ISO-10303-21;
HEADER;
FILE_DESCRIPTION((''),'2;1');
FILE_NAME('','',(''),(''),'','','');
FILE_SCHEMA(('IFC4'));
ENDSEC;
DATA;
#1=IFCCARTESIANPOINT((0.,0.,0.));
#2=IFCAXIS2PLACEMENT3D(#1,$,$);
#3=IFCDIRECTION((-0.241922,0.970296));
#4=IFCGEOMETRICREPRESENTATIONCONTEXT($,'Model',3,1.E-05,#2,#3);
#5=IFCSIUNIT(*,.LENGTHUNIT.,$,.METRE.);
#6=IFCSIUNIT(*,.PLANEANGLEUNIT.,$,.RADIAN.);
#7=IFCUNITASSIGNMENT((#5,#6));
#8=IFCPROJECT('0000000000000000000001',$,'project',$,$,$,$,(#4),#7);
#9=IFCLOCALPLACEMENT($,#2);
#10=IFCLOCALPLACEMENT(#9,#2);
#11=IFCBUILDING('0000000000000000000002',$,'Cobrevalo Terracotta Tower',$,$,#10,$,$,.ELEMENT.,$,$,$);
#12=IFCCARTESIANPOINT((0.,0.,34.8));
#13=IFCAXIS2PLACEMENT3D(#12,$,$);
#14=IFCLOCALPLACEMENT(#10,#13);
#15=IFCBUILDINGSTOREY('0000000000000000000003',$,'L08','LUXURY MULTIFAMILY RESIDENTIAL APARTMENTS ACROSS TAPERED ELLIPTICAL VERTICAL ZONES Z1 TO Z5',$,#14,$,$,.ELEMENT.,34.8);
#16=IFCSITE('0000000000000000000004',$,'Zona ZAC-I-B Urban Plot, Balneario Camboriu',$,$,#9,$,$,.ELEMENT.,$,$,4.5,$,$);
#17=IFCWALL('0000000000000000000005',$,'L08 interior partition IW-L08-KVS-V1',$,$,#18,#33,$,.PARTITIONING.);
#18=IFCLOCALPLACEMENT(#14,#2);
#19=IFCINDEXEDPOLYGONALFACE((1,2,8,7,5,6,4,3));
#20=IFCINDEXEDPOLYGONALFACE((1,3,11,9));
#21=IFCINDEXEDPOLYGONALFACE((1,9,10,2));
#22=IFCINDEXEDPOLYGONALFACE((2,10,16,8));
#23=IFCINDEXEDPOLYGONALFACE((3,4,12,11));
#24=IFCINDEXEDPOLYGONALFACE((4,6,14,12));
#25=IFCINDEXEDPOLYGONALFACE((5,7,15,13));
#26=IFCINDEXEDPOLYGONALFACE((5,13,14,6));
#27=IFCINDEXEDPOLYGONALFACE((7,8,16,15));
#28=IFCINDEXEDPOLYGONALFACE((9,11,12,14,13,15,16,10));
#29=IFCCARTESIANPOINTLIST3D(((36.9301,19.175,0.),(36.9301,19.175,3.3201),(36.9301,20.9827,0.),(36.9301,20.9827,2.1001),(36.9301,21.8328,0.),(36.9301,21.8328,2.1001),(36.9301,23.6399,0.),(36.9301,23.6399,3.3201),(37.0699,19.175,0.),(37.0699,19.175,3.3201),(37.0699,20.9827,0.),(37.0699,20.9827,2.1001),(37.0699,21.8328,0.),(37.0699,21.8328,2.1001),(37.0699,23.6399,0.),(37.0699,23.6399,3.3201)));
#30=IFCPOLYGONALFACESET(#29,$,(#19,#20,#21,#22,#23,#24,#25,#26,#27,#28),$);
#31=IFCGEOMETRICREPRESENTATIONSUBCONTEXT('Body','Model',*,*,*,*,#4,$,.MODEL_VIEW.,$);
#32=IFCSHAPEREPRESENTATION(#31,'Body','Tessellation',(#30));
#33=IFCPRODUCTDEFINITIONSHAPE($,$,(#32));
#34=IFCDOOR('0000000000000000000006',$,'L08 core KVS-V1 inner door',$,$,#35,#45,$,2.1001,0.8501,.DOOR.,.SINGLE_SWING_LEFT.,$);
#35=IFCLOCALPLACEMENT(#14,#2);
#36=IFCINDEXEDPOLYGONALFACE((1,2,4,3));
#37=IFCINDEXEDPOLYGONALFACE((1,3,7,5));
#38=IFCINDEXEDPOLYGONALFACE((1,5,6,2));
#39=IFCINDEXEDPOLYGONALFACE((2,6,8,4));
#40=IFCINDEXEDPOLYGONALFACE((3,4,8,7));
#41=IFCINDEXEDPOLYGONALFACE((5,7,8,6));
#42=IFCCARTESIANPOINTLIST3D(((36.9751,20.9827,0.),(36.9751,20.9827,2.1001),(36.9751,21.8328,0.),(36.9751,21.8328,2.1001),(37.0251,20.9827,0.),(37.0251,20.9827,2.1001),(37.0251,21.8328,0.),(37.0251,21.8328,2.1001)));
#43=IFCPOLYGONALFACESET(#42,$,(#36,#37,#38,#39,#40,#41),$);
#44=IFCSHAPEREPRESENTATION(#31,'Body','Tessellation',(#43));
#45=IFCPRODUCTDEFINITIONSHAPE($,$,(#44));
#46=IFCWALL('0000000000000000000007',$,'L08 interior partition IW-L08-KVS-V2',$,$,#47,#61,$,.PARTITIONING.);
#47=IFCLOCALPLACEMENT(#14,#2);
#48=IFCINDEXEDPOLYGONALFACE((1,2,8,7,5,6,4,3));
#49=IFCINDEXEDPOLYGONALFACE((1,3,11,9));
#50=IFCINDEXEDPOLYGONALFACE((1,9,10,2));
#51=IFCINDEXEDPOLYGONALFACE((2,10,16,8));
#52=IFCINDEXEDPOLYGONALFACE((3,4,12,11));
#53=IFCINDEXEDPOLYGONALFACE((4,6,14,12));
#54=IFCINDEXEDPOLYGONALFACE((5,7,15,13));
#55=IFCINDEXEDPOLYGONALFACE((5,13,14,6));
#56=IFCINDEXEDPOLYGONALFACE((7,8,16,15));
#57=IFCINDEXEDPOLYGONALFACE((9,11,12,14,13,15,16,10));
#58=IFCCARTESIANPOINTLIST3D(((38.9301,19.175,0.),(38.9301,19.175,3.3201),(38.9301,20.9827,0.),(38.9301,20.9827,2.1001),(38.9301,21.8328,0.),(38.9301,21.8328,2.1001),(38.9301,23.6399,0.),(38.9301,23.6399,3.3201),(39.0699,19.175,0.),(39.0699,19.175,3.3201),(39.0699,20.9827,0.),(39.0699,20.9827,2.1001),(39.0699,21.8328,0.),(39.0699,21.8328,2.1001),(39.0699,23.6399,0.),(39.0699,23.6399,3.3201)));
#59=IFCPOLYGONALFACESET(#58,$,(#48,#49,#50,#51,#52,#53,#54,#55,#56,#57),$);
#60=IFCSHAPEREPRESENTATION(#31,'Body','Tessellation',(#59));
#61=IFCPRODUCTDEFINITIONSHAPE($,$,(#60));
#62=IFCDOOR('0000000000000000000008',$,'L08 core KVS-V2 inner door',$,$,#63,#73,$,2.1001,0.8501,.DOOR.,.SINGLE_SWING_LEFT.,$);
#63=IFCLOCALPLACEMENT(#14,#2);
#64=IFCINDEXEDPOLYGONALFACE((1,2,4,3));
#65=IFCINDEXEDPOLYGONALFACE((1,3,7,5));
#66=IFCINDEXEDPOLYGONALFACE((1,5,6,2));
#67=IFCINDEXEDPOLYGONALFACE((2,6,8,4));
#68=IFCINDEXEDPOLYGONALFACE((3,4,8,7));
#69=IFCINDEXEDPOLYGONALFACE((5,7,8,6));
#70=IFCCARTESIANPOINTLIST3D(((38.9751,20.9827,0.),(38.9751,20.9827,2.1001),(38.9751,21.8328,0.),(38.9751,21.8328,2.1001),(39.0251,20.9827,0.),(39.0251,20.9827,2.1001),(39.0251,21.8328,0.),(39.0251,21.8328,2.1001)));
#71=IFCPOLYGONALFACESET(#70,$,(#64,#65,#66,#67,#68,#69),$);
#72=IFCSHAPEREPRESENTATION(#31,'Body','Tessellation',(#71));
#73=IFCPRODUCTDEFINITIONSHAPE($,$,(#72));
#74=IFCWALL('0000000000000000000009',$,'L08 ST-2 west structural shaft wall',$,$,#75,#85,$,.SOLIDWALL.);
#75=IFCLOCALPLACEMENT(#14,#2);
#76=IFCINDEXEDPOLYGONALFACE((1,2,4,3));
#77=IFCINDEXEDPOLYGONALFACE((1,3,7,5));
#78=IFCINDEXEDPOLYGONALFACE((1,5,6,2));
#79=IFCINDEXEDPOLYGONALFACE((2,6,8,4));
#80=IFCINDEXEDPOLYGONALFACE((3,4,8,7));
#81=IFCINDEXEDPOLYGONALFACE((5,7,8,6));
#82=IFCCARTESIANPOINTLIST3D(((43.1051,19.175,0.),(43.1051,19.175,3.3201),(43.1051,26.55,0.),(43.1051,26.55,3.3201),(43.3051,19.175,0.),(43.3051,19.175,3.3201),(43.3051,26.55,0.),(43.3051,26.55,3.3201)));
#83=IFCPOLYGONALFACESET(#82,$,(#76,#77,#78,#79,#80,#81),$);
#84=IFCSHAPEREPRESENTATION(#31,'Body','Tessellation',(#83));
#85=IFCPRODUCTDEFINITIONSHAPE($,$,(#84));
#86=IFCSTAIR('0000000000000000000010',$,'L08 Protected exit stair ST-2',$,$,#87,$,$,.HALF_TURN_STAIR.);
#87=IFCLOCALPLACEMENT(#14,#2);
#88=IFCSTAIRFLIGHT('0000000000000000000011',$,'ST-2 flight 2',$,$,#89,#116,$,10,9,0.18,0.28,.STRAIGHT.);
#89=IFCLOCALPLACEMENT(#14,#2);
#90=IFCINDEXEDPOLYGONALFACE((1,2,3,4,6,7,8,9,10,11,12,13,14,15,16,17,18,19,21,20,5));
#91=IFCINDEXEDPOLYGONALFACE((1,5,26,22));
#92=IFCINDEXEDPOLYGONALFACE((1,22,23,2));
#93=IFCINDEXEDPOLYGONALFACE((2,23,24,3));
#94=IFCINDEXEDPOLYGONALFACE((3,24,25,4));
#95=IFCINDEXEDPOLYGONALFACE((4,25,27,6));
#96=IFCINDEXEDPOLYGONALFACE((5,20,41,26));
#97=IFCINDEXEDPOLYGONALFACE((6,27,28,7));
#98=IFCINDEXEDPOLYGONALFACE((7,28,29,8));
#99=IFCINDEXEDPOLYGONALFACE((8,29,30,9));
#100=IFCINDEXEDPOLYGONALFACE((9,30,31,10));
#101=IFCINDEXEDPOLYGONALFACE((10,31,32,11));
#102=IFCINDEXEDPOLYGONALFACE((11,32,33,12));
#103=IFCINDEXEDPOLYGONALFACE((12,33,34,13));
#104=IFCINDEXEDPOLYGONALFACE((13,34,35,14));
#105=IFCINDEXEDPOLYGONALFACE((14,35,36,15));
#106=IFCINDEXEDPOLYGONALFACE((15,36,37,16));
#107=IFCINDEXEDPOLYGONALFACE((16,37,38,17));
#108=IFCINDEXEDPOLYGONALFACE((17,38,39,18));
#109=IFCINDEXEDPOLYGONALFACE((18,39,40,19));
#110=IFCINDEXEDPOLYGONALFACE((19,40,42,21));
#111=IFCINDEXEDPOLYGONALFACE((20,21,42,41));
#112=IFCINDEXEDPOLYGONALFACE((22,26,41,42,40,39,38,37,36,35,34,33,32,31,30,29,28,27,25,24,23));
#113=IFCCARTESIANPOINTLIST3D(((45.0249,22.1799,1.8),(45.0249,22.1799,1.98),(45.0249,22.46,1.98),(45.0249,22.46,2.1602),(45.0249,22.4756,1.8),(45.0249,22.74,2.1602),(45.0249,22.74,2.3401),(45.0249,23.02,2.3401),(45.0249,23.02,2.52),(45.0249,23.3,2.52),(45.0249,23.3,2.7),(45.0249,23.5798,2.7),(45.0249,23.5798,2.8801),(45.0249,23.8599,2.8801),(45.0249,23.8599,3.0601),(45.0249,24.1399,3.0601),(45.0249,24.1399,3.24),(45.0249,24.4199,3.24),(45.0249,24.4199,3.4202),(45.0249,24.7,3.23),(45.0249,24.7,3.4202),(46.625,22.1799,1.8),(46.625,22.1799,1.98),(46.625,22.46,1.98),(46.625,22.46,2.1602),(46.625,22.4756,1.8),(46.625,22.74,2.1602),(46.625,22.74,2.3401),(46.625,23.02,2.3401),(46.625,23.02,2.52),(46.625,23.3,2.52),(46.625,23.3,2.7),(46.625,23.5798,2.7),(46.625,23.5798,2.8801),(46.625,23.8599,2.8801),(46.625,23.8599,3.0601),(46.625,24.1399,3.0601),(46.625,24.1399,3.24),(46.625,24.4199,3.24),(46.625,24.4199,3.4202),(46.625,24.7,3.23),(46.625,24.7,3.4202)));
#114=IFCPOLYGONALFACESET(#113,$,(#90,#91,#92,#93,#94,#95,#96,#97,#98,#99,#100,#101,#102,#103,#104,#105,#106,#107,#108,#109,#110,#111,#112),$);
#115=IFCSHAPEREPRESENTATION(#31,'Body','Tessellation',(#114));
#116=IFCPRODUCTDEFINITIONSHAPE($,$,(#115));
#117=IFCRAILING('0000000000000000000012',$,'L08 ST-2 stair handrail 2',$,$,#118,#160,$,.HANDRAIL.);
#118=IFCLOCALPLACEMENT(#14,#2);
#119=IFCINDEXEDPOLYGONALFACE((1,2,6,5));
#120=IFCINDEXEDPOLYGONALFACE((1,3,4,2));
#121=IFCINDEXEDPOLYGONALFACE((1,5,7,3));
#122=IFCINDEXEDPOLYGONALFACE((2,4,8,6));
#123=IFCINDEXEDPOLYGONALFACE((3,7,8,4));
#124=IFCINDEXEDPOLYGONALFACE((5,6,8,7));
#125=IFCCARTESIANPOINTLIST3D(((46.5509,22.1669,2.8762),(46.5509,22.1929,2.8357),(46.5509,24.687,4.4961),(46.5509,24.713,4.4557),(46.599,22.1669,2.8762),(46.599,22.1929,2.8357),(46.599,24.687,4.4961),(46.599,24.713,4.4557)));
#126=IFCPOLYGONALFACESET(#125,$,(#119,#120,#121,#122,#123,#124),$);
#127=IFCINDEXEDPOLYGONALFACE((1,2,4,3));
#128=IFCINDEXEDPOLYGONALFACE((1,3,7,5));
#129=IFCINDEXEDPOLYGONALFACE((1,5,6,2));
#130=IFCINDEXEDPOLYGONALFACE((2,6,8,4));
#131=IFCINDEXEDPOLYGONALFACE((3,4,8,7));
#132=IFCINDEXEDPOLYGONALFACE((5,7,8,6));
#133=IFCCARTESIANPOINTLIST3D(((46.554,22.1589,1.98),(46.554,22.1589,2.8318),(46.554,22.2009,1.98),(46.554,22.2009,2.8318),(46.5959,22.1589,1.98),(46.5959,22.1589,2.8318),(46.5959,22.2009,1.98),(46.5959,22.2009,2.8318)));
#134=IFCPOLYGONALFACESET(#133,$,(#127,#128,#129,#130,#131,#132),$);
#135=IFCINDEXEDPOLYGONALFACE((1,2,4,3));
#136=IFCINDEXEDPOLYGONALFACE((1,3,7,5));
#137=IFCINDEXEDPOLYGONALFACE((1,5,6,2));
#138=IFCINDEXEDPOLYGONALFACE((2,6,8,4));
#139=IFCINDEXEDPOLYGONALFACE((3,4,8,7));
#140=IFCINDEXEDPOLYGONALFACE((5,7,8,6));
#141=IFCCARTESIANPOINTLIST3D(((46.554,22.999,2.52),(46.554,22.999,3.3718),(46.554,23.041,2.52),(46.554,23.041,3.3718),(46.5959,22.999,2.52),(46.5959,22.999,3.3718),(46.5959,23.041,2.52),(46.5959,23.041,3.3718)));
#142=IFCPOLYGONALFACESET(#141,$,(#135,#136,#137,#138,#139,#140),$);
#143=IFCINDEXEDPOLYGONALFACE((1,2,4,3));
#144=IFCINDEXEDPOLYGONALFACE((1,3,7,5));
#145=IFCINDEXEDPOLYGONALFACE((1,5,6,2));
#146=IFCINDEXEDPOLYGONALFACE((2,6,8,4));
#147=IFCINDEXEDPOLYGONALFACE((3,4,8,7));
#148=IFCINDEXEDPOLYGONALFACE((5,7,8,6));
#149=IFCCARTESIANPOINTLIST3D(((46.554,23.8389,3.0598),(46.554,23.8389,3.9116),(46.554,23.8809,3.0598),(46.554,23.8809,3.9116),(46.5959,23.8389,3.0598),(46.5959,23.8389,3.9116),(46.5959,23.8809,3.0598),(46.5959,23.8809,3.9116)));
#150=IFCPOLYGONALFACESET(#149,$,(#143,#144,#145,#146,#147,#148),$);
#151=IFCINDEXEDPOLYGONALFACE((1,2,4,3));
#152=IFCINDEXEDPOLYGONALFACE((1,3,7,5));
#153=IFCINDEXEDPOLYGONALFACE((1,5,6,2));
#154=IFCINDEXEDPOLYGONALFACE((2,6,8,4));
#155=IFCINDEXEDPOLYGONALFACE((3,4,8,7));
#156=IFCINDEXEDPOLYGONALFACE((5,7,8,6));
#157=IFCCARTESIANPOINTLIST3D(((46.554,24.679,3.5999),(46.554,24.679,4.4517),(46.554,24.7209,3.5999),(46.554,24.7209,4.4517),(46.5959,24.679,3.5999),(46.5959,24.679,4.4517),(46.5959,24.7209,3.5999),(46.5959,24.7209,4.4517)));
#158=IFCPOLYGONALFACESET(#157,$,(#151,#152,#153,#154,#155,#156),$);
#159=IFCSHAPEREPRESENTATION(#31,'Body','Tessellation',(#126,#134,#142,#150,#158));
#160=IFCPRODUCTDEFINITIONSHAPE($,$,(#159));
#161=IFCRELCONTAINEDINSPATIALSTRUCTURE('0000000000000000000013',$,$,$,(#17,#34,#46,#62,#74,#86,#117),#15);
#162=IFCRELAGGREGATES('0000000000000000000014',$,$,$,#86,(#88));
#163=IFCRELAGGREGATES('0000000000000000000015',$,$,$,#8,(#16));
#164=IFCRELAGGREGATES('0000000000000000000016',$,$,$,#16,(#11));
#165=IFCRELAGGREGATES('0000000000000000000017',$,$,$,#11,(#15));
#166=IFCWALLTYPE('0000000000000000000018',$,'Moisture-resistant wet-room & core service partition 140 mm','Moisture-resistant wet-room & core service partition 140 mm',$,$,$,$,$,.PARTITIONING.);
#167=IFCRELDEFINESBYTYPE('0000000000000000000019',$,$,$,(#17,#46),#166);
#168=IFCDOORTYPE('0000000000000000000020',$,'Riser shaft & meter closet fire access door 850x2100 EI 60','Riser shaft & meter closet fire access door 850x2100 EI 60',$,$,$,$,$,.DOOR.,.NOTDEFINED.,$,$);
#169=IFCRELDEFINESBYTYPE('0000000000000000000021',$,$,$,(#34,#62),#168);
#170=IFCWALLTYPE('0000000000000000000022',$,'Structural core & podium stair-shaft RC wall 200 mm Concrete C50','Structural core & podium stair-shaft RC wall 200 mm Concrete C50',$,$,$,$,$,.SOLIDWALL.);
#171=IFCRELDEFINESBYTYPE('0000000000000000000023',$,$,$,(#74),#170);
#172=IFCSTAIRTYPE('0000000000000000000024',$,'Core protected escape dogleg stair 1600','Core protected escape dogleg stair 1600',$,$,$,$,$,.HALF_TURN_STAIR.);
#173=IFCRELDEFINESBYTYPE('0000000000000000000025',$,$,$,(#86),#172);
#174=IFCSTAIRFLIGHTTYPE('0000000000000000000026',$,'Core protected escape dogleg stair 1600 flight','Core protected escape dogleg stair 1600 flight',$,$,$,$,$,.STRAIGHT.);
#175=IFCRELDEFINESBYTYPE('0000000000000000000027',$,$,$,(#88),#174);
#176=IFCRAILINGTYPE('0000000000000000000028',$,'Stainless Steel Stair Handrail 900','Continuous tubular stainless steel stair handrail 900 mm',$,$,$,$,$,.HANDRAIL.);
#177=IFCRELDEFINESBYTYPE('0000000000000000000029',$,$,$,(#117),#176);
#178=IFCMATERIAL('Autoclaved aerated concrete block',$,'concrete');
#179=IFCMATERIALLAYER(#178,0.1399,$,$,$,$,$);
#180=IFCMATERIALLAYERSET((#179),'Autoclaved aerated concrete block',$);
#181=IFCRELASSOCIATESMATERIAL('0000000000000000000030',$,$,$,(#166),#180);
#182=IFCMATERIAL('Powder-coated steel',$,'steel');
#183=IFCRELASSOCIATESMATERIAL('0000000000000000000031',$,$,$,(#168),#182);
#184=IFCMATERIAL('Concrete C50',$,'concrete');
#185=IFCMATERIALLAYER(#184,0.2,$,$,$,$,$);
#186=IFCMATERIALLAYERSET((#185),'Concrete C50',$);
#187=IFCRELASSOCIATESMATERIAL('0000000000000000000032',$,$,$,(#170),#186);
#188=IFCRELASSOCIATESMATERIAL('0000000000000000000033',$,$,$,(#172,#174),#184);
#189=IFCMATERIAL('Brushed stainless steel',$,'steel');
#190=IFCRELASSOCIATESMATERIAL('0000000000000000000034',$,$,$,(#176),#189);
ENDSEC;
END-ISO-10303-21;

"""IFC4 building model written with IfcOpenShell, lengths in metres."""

from ifc_helpers import new_model, si_unit, direction, frame, frame_2d, origin, origin_2d, place, context, subcontext, project, spatial, polyline, rectangle, outline, extrude, source, transform, mapped, material, layer, layer_set, type_object, element, fill, aggregate, save


model = new_model("IFC4")

# Units and contexts
model_context = context("Model", 3, precision=1e-05, world=origin(), true_north=direction((-0.241922, 0.970296)))
body_context = subcontext(model_context, "Body", "Model", "MODEL_VIEW")
ifc_project = project(units=[si_unit("LENGTHUNIT", "METRE"), si_unit("PLANEANGLEUNIT", "RADIAN")], contexts=[model_context])

# Site, building, storey
site_placement = place(None, origin())
site = spatial("IfcSite", under=ifc_project, at=site_placement, Name="Zona ZAC-I-B Urban Plot, Balneario Camboriu", CompositionType="ELEMENT", RefElevation=4.5)
building_placement = place(site_placement, origin())
building = spatial("IfcBuilding", under=site, at=building_placement, Name="Cobrevalo Terracotta Tower", CompositionType="ELEMENT")
storey_placement = place(building_placement, frame((0.0, 0.0, 34.8)))
storey = spatial("IfcBuildingStorey", under=building, at=storey_placement, Name="L08", Description="LUXURY MULTIFAMILY RESIDENTIAL APARTMENTS ACROSS TAPERED ELLIPTICAL VERTICAL ZONES Z1 TO Z5", CompositionType="ELEMENT", Elevation=34.8)

# Shared definitions
ifc_material_1 = material(Name="Autoclaved aerated concrete block", Category="concrete")

# Shared definitions
ifc_layer_1 = layer(ifc_material_1, 0.1399)
ifc_layer_set_1 = layer_set([ifc_layer_1], Name="Autoclaved aerated concrete block")
wall_type_1 = type_object("IfcWallType", Name="Moisture-resistant wet-room & core service partition 140 mm", Description="Moisture-resistant wet-room & core service partition 140 mm", PredefinedType="PARTITIONING", material=ifc_layer_set_1)

# Walls, openings, doors
wall_1_placement = place(storey_placement, frame((37.0, 19.175, 0.0), z_axis=(0.0, 0.0, 1.0), x_axis=(0.0, 1.0, 0.0)))
wall_1 = element("IfcWall", 1, at=wall_1_placement, inside=storey, type_object=wall_type_1, Name="L08 interior partition IW-L08-KVS-V1", PredefinedType="PARTITIONING", context=body_context, shape_type="SweptSolid", body=[
    extrude(rectangle(XDim=4.4648, YDim=0.1399, at=frame_2d((2.2324, 0.0))), origin(), (0.0, 0.0, 1.0), 3.3201),
])
opening_1_placement = place(wall_1_placement, frame((1.8076, 0.0, 0.0)))
opening_1 = element("IfcOpeningElement", 2, at=opening_1_placement, cuts=wall_1, PredefinedType="OPENING", context=body_context, shape_type="SweptSolid", body=[
    extrude(rectangle(XDim=0.8501, YDim=2.1001, at=frame_2d((0.425, 1.05))), frame((0.0, 0.0801, 0.0), z_axis=(0.0, -1.0, 0.0), x_axis=(1.0, 0.0, 0.0)), (0.0, 0.0, 1.0), 0.1599),
])
ifc_material_2 = material(Name="Powder-coated steel", Category="steel")
door_type_1 = type_object("IfcDoorType", Name="Riser shaft & meter closet fire access door 850x2100 EI 60", Description="Riser shaft & meter closet fire access door 850x2100 EI 60", OperationType="NOTDEFINED", PredefinedType="DOOR", material=ifc_material_2)
shared_shape_1 = source(origin(), body_context, "Body", "SweptSolid", [
    extrude(rectangle(XDim=0.8501, YDim=2.1001, at=frame_2d((0.425, 1.05))), frame((0.0, 0.0249, 0.0), z_axis=(0.0, -1.0, 0.0), x_axis=(1.0, 0.0, 0.0)), (0.0, 0.0, 1.0), 0.05),
])
door_1_placement = place(opening_1_placement, origin())
door_1 = element("IfcDoor", 3, at=door_1_placement, inside=storey, type_object=door_type_1, Name="L08 core KVS-V1 inner door", OperationType="SINGLE_SWING_LEFT", OverallHeight=2.1001, OverallWidth=0.8501, PredefinedType="DOOR", context=body_context, shape_type="MappedRepresentation", body=[
    mapped(shared_shape_1, transform((0.0, 0.0, 0.0), scale=1.0)),
])
fill(opening_1, door_1)
wall_2_placement = place(storey_placement, frame((39.0, 19.175, 0.0), z_axis=(0.0, 0.0, 1.0), x_axis=(0.0, 1.0, 0.0)))
wall_2 = element("IfcWall", 4, at=wall_2_placement, inside=storey, type_object=wall_type_1, Name="L08 interior partition IW-L08-KVS-V2", PredefinedType="PARTITIONING", context=body_context, shape_type="SweptSolid", body=[
    extrude(rectangle(XDim=4.4648, YDim=0.1399, at=frame_2d((2.2324, 0.0))), origin(), (0.0, 0.0, 1.0), 3.3201),
])
opening_2_placement = place(wall_2_placement, frame((1.8076, 0.0, 0.0)))
opening_2 = element("IfcOpeningElement", 5, at=opening_2_placement, cuts=wall_2, PredefinedType="OPENING", context=body_context, shape_type="SweptSolid", body=[
    extrude(rectangle(XDim=0.8501, YDim=2.1001, at=frame_2d((0.425, 1.05))), frame((0.0, 0.0801, 0.0), z_axis=(0.0, -1.0, 0.0), x_axis=(1.0, 0.0, 0.0)), (0.0, 0.0, 1.0), 0.1599),
])
door_2_placement = place(opening_2_placement, origin())
door_2 = element("IfcDoor", 6, at=door_2_placement, inside=storey, type_object=door_type_1, Name="L08 core KVS-V2 inner door", OperationType="SINGLE_SWING_LEFT", OverallHeight=2.1001, OverallWidth=0.8501, PredefinedType="DOOR", context=body_context, shape_type="MappedRepresentation", body=[
    mapped(shared_shape_1, transform((0.0, 0.0, 0.0), scale=1.0)),
])
fill(opening_2, door_2)

# Wall
ifc_material_3 = material(Name="Concrete C50", Category="concrete")
ifc_layer_2 = layer(ifc_material_3, 0.2)
ifc_layer_set_2 = layer_set([ifc_layer_2], Name="Concrete C50")
wall_type_2 = type_object("IfcWallType", Name="Structural core & podium stair-shaft RC wall 200 mm Concrete C50", Description="Structural core & podium stair-shaft RC wall 200 mm Concrete C50", PredefinedType="SOLIDWALL", material=ifc_layer_set_2)
wall_3_placement = place(storey_placement, frame((43.2051, 19.175, 0.0), z_axis=(0.0, 0.0, 1.0), x_axis=(0.0, 1.0, 0.0)))
element("IfcWall", 7, at=wall_3_placement, inside=storey, type_object=wall_type_2, Name="L08 ST-2 west structural shaft wall", PredefinedType="SOLIDWALL", context=body_context, shape_type="SweptSolid", body=[
    extrude(rectangle(XDim=7.375, YDim=0.2, at=frame_2d((3.6875, 0.0))), origin(), (0.0, 0.0, 1.0), 3.3201),
])

# Stair, stair flight
stair_type = type_object("IfcStairType", Name="Core protected escape dogleg stair 1600", Description="Core protected escape dogleg stair 1600", PredefinedType="HALF_TURN_STAIR", material=ifc_material_3)
stair_placement = place(storey_placement, origin())
stair = element("IfcStair", 8, at=stair_placement, inside=storey, type_object=stair_type, Name="L08 Protected exit stair ST-2", PredefinedType="HALF_TURN_STAIR")
stair_flight_type = type_object("IfcStairFlightType", Name="Core protected escape dogleg stair 1600 flight", Description="Core protected escape dogleg stair 1600 flight", PredefinedType="STRAIGHT", material=ifc_material_3)
stair_flight_placement = place(storey_placement, frame((45.825, 22.1799, 1.8), z_axis=(0.0, 0.0, 1.0), x_axis=(0.0, 1.0, 0.0)))
stair_flight = element("IfcStairFlight", 9, at=stair_flight_placement, type_object=stair_flight_type, Name="ST-2 flight 2", NumberOfRisers=10, NumberOfTreads=9, PredefinedType="STRAIGHT", RiserHeight=0.18, TreadLength=0.28, context=body_context, shape_type="SweptSolid", body=[
    extrude(outline(polyline([(0.0, 0.0), (0.0, 0.1799), (0.28, 0.1799), (0.28, 0.3601), (0.5601, 0.3601), (0.5601, 0.54), (0.8401, 0.54), (0.8401, 0.72), (1.1201, 0.72), (1.1201, 0.8999), (1.3999, 0.8999), (1.3999, 1.0801), (1.6799, 1.0801), (1.6799, 1.26), (1.96, 1.26), (1.96, 1.4399), (2.24, 1.4399), (2.24, 1.6201), (2.52, 1.6201), (2.52, 1.8), (2.52, 1.4299), (0.2957, 0.0), (0.0, 0.0)])), frame((0.0, 0.8, 0.0), z_axis=(0.0, -1.0, 0.0), x_axis=(1.0, 0.0, 0.0)), (0.0, 0.0, 1.0), 1.6001),
])
aggregate(stair, [stair_flight])

# Railing
ifc_material_4 = material(Name="Brushed stainless steel", Category="steel")
railing_type_1 = type_object("IfcRailingType", Name="Stainless Steel Stair Handrail 900", Description="Continuous tubular stainless steel stair handrail 900 mm", PredefinedType="HANDRAIL", material=ifc_material_4)
railing_1_placement = place(storey_placement, frame((46.575, 22.1799, 1.98)))
element("IfcRailing", 10, at=railing_1_placement, inside=storey, type_object=railing_type_1, Name="L08 ST-2 stair handrail 2", PredefinedType="HANDRAIL", context=body_context, shape_type="SweptSolid", body=[
    extrude(rectangle(XDim=0.0481, YDim=0.0481, at=origin_2d()), frame((0.0, 0.0, 0.876), z_axis=(0.0, 0.8412, 0.540725), x_axis=(-1.0, 0.0, 0.0)), (0.0, 0.0, 1.0), 2.9958),
    extrude(rectangle(XDim=0.042, YDim=0.042, at=origin_2d()), origin(), (0.0, 0.0, 1.0), 0.8518),
    extrude(rectangle(XDim=0.042, YDim=0.042, at=origin_2d()), frame((0.0, 0.8401, 0.54)), (0.0, 0.0, 1.0), 0.8518),
    extrude(rectangle(XDim=0.042, YDim=0.042, at=origin_2d()), frame((0.0, 1.6799, 1.0798)), (0.0, 0.0, 1.0), 0.8518),
    extrude(rectangle(XDim=0.042, YDim=0.042, at=origin_2d()), frame((0.0, 2.52, 1.6199)), (0.0, 0.0, 1.0), 0.8518),
])

save(model, "model.ifc")
